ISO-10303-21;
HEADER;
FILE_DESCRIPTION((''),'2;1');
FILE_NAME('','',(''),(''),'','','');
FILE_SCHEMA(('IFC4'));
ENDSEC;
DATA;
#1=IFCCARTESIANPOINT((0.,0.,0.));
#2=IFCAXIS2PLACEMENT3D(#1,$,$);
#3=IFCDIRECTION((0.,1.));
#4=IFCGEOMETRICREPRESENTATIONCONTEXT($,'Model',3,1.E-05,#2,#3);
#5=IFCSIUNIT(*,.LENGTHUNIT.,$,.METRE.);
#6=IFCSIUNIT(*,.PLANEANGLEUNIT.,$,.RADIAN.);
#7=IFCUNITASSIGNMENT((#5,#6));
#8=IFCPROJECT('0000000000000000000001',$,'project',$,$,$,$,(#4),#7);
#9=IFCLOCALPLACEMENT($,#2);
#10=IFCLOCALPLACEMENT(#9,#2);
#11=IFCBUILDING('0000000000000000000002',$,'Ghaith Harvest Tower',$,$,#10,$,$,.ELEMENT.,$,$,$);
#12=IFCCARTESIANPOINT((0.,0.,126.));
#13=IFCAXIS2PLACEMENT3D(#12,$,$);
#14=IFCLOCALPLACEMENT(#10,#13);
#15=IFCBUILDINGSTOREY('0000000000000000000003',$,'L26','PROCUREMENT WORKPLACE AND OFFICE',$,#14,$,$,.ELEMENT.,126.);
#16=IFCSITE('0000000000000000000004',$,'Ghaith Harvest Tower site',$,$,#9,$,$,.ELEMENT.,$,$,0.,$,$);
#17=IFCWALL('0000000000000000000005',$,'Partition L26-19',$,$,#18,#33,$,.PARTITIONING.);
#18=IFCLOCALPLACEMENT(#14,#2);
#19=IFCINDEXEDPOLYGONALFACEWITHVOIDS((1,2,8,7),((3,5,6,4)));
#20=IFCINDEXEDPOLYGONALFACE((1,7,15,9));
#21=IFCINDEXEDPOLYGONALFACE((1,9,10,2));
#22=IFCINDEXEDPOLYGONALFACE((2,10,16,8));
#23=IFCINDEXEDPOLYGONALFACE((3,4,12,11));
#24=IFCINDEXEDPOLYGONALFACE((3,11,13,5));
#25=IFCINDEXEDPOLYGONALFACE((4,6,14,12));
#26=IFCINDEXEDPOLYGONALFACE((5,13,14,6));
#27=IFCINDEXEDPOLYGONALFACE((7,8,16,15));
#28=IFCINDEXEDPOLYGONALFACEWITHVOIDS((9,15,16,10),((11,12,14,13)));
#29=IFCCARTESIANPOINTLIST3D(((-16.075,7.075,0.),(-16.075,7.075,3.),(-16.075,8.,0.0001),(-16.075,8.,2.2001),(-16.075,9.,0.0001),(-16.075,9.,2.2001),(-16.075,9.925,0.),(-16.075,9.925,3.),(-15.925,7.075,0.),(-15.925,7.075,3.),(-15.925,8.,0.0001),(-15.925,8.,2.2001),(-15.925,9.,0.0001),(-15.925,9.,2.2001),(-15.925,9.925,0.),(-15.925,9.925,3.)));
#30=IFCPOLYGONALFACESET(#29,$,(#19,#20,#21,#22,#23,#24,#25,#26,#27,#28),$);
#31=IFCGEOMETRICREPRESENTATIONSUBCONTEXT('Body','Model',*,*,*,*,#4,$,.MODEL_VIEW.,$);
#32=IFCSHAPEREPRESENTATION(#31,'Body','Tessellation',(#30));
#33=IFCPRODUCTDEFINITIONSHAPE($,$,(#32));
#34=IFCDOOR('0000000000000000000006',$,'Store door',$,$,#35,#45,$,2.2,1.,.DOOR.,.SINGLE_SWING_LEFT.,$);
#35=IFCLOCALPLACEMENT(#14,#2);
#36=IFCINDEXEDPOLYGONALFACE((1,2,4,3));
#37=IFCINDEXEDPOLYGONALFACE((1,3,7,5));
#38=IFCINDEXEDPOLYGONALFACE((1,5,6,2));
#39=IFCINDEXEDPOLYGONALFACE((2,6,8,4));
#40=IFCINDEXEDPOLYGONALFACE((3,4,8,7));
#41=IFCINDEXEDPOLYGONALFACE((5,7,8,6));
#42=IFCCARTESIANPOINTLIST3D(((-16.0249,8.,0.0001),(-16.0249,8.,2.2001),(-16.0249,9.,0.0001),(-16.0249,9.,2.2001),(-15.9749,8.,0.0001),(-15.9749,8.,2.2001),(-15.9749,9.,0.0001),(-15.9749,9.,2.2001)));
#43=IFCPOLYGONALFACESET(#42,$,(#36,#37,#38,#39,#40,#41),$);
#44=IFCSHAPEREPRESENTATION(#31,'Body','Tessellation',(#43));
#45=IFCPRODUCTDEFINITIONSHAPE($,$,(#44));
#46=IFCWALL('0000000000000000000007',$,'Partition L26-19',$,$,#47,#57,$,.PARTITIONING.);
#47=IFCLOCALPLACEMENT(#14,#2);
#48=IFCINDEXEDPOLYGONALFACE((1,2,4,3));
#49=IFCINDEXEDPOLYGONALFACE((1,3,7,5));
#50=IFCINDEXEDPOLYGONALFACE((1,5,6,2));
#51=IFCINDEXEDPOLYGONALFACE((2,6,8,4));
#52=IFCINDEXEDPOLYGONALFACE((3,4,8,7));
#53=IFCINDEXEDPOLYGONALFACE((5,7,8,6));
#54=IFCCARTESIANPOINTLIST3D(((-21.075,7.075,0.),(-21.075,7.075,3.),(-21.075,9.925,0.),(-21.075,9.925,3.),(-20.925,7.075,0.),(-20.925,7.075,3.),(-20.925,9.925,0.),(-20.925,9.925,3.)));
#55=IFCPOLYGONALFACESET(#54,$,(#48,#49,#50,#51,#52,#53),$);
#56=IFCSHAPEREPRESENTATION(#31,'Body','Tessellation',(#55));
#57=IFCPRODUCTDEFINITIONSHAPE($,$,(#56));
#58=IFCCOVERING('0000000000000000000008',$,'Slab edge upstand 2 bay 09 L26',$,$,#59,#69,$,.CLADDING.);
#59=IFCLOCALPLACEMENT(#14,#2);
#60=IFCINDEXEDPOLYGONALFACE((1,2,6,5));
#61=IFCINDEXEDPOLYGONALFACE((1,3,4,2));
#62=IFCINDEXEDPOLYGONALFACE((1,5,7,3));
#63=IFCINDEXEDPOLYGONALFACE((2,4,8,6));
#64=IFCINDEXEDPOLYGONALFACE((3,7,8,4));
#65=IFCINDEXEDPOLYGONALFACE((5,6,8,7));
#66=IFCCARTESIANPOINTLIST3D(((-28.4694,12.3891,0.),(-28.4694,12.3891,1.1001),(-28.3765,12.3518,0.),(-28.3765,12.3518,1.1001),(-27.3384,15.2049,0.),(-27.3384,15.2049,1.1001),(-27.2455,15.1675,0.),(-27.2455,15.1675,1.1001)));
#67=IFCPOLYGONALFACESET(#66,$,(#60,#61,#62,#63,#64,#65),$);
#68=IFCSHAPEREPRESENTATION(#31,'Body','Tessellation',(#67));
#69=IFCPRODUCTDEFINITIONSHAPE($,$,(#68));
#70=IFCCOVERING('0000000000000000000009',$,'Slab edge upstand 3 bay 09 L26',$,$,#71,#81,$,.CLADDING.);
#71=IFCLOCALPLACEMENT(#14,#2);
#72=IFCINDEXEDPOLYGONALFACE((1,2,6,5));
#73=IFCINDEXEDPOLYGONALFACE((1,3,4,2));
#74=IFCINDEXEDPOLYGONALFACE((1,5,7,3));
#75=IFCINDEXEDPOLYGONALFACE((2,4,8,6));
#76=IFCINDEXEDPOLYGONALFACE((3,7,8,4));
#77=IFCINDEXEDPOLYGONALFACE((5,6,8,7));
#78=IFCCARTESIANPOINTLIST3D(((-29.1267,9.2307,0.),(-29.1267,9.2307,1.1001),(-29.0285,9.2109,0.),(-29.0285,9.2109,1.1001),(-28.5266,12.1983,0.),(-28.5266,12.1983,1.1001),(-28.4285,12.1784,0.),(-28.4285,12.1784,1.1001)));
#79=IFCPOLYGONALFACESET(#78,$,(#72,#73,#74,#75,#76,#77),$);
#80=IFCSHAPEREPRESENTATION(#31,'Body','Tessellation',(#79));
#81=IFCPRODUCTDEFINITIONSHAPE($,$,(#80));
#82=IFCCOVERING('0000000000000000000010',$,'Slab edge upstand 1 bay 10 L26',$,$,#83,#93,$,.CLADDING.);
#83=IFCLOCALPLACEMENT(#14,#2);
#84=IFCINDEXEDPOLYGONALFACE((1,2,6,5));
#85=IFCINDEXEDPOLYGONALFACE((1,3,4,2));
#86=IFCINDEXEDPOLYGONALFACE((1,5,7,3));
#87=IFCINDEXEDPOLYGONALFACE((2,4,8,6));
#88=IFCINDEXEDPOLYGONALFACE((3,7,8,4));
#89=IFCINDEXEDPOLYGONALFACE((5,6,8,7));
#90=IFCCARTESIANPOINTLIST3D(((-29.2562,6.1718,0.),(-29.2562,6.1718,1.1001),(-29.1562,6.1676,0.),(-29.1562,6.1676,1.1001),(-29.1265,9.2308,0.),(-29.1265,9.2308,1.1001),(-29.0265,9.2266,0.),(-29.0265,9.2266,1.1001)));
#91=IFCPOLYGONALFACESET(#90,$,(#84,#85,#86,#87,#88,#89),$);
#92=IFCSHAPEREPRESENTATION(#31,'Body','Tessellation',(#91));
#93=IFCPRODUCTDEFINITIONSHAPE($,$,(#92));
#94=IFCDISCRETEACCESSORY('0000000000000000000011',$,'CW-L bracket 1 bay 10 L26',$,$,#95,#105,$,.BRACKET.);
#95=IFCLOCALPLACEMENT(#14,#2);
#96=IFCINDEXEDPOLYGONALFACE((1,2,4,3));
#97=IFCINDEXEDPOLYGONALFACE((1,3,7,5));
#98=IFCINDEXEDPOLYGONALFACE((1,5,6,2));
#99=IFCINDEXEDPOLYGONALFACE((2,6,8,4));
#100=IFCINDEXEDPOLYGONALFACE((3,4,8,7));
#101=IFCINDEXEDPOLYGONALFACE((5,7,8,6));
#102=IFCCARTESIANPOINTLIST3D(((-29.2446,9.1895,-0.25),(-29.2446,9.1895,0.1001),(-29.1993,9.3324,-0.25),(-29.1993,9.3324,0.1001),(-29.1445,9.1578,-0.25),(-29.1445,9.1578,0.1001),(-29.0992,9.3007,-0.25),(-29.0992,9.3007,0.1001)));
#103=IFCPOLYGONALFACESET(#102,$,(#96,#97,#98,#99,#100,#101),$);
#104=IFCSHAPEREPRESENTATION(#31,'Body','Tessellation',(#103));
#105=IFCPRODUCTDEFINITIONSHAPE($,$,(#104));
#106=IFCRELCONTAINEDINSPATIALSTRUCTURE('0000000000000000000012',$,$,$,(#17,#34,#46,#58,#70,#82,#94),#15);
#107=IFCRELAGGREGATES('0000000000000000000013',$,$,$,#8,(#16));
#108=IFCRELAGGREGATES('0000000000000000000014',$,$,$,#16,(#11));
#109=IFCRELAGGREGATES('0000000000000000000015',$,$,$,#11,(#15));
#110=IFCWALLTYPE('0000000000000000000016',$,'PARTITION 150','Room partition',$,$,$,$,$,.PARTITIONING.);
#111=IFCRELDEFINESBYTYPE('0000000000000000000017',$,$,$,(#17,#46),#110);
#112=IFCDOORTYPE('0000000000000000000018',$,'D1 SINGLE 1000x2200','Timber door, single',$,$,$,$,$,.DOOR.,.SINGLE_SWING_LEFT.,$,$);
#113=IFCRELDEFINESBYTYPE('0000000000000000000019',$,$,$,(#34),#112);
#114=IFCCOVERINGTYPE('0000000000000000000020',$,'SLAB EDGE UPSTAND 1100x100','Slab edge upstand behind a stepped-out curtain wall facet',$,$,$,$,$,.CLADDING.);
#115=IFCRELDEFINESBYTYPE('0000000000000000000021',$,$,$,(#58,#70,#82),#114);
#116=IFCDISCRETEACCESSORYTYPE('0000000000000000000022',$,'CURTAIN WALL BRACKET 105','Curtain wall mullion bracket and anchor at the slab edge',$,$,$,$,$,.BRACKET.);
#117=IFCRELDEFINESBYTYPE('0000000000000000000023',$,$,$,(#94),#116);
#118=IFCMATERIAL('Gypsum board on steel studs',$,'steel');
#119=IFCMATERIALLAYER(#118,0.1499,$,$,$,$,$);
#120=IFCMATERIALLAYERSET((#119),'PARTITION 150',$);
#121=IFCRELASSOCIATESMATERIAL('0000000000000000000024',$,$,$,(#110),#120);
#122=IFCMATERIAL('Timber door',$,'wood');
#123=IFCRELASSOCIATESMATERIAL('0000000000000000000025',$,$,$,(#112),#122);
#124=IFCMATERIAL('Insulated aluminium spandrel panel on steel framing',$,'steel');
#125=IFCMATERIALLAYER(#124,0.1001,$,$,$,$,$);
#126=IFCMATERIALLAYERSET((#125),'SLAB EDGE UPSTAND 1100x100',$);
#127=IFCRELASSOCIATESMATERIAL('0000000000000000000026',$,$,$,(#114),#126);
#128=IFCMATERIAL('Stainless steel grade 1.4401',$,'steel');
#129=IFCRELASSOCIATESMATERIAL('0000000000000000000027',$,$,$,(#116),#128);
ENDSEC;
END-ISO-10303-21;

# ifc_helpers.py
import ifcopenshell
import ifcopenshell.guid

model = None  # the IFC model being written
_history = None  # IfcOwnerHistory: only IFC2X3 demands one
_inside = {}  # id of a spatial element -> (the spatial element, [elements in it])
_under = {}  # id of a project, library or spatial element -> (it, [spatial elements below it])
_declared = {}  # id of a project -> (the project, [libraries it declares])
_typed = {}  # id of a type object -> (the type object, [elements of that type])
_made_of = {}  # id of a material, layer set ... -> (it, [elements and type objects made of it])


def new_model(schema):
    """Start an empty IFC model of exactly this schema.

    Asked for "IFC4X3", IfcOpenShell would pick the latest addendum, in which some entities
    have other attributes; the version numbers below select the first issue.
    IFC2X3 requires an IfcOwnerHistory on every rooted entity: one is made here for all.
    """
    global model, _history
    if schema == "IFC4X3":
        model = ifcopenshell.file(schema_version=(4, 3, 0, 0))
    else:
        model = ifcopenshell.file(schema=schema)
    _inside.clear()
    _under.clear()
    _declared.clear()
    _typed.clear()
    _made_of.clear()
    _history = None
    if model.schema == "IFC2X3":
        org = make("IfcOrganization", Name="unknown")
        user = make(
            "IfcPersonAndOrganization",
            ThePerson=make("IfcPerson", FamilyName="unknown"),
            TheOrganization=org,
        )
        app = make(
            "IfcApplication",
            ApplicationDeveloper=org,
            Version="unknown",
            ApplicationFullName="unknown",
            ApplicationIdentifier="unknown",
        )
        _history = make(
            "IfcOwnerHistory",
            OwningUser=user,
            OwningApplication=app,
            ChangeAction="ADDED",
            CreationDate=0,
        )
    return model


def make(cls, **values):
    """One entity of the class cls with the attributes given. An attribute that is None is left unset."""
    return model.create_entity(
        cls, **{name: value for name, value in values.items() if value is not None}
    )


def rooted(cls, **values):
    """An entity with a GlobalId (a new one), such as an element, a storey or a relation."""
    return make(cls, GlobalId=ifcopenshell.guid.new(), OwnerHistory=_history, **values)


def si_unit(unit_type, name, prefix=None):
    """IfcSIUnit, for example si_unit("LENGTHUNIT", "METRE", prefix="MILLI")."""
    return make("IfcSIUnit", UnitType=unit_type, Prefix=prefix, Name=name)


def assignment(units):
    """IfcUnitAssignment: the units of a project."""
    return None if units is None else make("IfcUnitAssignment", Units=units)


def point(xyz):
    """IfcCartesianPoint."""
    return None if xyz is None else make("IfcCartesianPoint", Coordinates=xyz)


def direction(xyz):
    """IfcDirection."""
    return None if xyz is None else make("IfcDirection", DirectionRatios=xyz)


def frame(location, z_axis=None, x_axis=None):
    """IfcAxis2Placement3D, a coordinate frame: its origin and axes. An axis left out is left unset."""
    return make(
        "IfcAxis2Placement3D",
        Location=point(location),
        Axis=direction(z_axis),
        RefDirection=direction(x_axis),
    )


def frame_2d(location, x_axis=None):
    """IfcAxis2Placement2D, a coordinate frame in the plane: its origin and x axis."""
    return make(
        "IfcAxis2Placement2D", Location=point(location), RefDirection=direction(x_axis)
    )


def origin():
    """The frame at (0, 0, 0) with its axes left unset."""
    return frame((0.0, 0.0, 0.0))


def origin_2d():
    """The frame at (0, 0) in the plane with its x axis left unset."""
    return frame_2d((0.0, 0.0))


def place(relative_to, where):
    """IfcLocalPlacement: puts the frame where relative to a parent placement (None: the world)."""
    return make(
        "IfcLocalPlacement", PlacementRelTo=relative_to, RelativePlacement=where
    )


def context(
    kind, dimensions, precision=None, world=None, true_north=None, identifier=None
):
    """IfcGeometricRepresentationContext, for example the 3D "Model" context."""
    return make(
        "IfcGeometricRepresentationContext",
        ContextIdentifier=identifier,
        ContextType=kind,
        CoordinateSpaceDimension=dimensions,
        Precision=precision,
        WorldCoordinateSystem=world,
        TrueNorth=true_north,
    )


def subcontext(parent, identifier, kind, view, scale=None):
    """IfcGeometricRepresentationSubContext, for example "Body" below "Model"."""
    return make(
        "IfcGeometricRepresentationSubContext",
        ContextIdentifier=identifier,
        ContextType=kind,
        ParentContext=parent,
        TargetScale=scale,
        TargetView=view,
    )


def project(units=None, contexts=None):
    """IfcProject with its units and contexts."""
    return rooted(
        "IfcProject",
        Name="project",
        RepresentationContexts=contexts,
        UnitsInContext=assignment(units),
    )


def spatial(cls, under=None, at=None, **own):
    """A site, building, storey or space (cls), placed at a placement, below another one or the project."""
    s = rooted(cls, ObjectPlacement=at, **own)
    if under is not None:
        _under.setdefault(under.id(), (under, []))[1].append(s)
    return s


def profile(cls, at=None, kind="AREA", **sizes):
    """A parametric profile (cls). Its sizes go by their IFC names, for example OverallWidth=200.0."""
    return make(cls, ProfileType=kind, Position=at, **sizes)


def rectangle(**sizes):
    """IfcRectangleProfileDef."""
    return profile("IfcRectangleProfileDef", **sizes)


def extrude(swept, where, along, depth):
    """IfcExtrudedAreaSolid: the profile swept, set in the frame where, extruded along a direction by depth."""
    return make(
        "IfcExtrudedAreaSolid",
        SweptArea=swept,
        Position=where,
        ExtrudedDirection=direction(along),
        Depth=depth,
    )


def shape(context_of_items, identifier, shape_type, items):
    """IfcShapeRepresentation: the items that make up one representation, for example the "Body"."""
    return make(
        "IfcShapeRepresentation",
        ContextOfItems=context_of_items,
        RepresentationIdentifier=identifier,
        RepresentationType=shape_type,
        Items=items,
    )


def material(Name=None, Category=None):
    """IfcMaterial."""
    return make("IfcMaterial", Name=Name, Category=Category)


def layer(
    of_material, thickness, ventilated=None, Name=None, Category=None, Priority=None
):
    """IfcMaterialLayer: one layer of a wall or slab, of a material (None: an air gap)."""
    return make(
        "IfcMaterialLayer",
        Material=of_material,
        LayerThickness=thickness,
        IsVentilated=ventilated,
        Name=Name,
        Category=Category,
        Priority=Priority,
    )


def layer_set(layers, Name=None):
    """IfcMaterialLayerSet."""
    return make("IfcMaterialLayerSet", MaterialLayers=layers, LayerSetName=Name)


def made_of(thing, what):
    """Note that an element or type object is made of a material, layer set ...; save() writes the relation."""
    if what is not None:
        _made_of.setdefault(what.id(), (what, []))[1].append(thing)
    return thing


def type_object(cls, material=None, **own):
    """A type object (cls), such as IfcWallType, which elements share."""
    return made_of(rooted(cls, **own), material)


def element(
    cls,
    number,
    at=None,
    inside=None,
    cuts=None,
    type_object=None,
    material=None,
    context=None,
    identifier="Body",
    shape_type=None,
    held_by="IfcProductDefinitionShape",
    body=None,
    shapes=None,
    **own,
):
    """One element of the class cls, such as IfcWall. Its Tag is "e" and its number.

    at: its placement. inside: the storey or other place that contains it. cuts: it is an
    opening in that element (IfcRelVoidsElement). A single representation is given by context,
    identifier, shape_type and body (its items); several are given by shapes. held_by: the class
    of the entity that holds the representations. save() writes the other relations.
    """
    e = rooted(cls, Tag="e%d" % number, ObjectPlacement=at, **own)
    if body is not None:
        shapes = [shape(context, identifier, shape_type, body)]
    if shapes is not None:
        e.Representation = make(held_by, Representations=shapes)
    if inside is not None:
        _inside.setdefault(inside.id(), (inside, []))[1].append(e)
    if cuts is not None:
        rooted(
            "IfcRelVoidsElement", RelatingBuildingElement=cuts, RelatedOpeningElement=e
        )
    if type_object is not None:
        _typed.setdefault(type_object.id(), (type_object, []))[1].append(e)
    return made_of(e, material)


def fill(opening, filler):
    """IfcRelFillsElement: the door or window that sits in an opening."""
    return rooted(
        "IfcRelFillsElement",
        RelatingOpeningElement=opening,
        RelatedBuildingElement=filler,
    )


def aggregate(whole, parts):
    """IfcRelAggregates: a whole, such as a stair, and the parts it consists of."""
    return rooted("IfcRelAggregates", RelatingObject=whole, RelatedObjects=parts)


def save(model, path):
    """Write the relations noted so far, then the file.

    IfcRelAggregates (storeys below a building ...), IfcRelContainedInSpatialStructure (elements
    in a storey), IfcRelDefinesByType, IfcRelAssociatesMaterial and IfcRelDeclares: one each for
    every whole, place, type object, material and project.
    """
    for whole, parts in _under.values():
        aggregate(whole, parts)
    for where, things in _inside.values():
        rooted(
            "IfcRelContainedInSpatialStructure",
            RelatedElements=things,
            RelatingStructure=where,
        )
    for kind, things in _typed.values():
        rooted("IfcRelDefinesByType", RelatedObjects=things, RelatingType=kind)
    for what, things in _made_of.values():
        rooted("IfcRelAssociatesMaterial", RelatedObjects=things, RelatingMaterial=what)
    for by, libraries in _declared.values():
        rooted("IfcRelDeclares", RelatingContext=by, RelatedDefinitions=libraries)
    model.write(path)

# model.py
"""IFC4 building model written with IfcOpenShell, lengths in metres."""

from ifc_helpers import new_model, si_unit, direction, frame, frame_2d, origin, origin_2d, place, context, subcontext, project, spatial, rectangle, extrude, material, layer, layer_set, type_object, element, fill, save


model = new_model("IFC4")

# Units and contexts
model_context = context("Model", 3, precision=1e-05, world=origin(), true_north=direction((0.0, 1.0)))
body_context = subcontext(model_context, "Body", "Model", "MODEL_VIEW")
ifc_project = project(units=[si_unit("LENGTHUNIT", "METRE"), si_unit("PLANEANGLEUNIT", "RADIAN")], contexts=[model_context])

# Site, building, storey
site_placement = place(None, origin())
site = spatial("IfcSite", under=ifc_project, at=site_placement, Name="Ghaith Harvest Tower site", CompositionType="ELEMENT", RefElevation=0.0)
building_placement = place(site_placement, origin())
building = spatial("IfcBuilding", under=site, at=building_placement, Name="Ghaith Harvest Tower", CompositionType="ELEMENT")
storey_placement = place(building_placement, frame((0.0, 0.0, 126.0)))
storey = spatial("IfcBuildingStorey", under=building, at=storey_placement, Name="L26", Description="PROCUREMENT WORKPLACE AND OFFICE", CompositionType="ELEMENT", Elevation=126.0)

# Shared definitions
ifc_material_1 = material(Name="Gypsum board on steel studs", Category="steel")
ifc_layer_1 = layer(ifc_material_1, 0.1499)
ifc_layer_set_1 = layer_set([ifc_layer_1], Name="PARTITION 150")
wall_type_1 = type_object("IfcWallType", Name="PARTITION 150", Description="Room partition", PredefinedType="PARTITIONING", material=ifc_layer_set_1)

# Wall, opening, door
wall_1_placement = place(storey_placement, frame((-16.0, 7.075, 0.0), z_axis=(0.0, 0.0, 1.0), x_axis=(0.0, 1.0, 0.0)))
wall_1 = element("IfcWall", 1, at=wall_1_placement, inside=storey, type_object=wall_type_1, Name="Partition L26-19", PredefinedType="PARTITIONING", context=body_context, shape_type="SweptSolid", body=[
    extrude(rectangle(XDim=2.8501, YDim=0.1499, at=frame_2d((1.425, 0.0))), origin(), (0.0, 0.0, 1.0), 3.0),
])
opening_1_placement = place(wall_1_placement, frame((0.925, 0.0, 0.0)))
opening_1 = element("IfcOpeningElement", 2, at=opening_1_placement, cuts=wall_1, PredefinedType="OPENING", context=body_context, shape_type="SweptSolid", body=[
    extrude(rectangle(XDim=1.0, YDim=2.2, at=frame_2d((0.5, 1.1001))), frame((0.0, 0.085, 0.0), z_axis=(0.0, -1.0, 0.0), x_axis=(1.0, 0.0, 0.0)), (0.0, 0.0, 1.0), 0.1699),
])
ifc_material_2 = material(Name="Timber door", Category="wood")
door_type_1 = type_object("IfcDoorType", Name="D1 SINGLE 1000x2200", Description="Timber door, single", OperationType="SINGLE_SWING_LEFT", PredefinedType="DOOR", material=ifc_material_2)
door_1_placement = place(opening_1_placement, origin())
door_1 = element("IfcDoor", 3, at=door_1_placement, inside=storey, type_object=door_type_1, Name="Store door", OperationType="SINGLE_SWING_LEFT", OverallHeight=2.2, OverallWidth=1.0, PredefinedType="DOOR", context=body_context, shape_type="SweptSolid", body=[
    extrude(rectangle(XDim=1.0, YDim=2.2, at=frame_2d((0.5, 1.1001))), frame((0.0, 0.0249, 0.0), z_axis=(0.0, -1.0, 0.0), x_axis=(1.0, 0.0, 0.0)), (0.0, 0.0, 1.0), 0.05),
])
fill(opening_1, door_1)

# Wall
wall_2_placement = place(storey_placement, frame((-21.0, 7.075, 0.0), z_axis=(0.0, 0.0, 1.0), x_axis=(0.0, 1.0, 0.0)))
element("IfcWall", 4, at=wall_2_placement, inside=storey, type_object=wall_type_1, Name="Partition L26-19", PredefinedType="PARTITIONING", context=body_context, shape_type="SweptSolid", body=[
    extrude(rectangle(XDim=2.8501, YDim=0.1499, at=frame_2d((1.425, 0.0))), origin(), (0.0, 0.0, 1.0), 3.0),
])

# Coverings
ifc_material_3 = material(Name="Insulated aluminium spandrel panel on steel framing", Category="steel")
ifc_layer_2 = layer(ifc_material_3, 0.1001)
ifc_layer_set_2 = layer_set([ifc_layer_2], Name="SLAB EDGE UPSTAND 1100x100")
covering_type = type_object("IfcCoveringType", Name="SLAB EDGE UPSTAND 1100x100", Description="Slab edge upstand behind a stepped-out curtain wall facet", PredefinedType="CLADDING", material=ifc_layer_set_2)
covering_1_placement = place(storey_placement, frame((-27.8574, 13.7783, 0.0), z_axis=(0.0, 0.0, 1.0), x_axis=(-0.372732, -0.927939, 0.0)))
element("IfcCovering", 5, at=covering_1_placement, inside=storey, type_object=covering_type, Name="Slab edge upstand 2 bay 09 L26", PredefinedType="CLADDING", context=body_context, shape_type="SweptSolid", body=[
    extrude(rectangle(XDim=3.0344, YDim=0.1001, at=origin_2d()), origin(), (0.0, 0.0, 1.0), 1.1001),
])
covering_2_placement = place(storey_placement, frame((-28.7776, 10.7046, 0.0), z_axis=(0.0, 0.0, 1.0), x_axis=(-0.198183, -0.980165, 0.0)))
element("IfcCovering", 6, at=covering_2_placement, inside=storey, type_object=covering_type, Name="Slab edge upstand 3 bay 09 L26", PredefinedType="CLADDING", context=body_context, shape_type="SweptSolid", body=[
    extrude(rectangle(XDim=3.0276, YDim=0.1001, at=origin_2d()), origin(), (0.0, 0.0, 1.0), 1.1001),
])
covering_3_placement = place(storey_placement, frame((-29.1414, 7.6992, 0.0), z_axis=(0.0, 0.0, 1.0), x_axis=(-0.042373, -0.999102, 0.0)))
element("IfcCovering", 7, at=covering_3_placement, inside=storey, type_object=covering_type, Name="Slab edge upstand 1 bay 10 L26", PredefinedType="CLADDING", context=body_context, shape_type="SweptSolid", body=[
    extrude(rectangle(XDim=3.0618, YDim=0.1001, at=origin_2d()), origin(), (0.0, 0.0, 1.0), 1.1001),
])

# Discrete accessory
ifc_material_4 = material(Name="Stainless steel grade 1.4401", Category="steel")
discrete_accessory_type = type_object("IfcDiscreteAccessoryType", Name="CURTAIN WALL BRACKET 105", Description="Curtain wall mullion bracket and anchor at the slab edge", PredefinedType="BRACKET", material=ifc_material_4)
discrete_accessory_placement = place(storey_placement, frame((-29.1719, 9.2451, -0.25), z_axis=(0.0, 0.0, 1.0), x_axis=(-0.953273, 0.30211, 0.0)))
element("IfcDiscreteAccessory", 8, at=discrete_accessory_placement, inside=storey, type_object=discrete_accessory_type, Name="CW-L bracket 1 bay 10 L26", PredefinedType="BRACKET", context=body_context, shape_type="SweptSolid", body=[
    extrude(rectangle(XDim=0.105, YDim=0.1499, at=origin_2d()), origin(), (0.0, 0.0, 1.0), 0.3501),
])

save(model, "model.ifc")
